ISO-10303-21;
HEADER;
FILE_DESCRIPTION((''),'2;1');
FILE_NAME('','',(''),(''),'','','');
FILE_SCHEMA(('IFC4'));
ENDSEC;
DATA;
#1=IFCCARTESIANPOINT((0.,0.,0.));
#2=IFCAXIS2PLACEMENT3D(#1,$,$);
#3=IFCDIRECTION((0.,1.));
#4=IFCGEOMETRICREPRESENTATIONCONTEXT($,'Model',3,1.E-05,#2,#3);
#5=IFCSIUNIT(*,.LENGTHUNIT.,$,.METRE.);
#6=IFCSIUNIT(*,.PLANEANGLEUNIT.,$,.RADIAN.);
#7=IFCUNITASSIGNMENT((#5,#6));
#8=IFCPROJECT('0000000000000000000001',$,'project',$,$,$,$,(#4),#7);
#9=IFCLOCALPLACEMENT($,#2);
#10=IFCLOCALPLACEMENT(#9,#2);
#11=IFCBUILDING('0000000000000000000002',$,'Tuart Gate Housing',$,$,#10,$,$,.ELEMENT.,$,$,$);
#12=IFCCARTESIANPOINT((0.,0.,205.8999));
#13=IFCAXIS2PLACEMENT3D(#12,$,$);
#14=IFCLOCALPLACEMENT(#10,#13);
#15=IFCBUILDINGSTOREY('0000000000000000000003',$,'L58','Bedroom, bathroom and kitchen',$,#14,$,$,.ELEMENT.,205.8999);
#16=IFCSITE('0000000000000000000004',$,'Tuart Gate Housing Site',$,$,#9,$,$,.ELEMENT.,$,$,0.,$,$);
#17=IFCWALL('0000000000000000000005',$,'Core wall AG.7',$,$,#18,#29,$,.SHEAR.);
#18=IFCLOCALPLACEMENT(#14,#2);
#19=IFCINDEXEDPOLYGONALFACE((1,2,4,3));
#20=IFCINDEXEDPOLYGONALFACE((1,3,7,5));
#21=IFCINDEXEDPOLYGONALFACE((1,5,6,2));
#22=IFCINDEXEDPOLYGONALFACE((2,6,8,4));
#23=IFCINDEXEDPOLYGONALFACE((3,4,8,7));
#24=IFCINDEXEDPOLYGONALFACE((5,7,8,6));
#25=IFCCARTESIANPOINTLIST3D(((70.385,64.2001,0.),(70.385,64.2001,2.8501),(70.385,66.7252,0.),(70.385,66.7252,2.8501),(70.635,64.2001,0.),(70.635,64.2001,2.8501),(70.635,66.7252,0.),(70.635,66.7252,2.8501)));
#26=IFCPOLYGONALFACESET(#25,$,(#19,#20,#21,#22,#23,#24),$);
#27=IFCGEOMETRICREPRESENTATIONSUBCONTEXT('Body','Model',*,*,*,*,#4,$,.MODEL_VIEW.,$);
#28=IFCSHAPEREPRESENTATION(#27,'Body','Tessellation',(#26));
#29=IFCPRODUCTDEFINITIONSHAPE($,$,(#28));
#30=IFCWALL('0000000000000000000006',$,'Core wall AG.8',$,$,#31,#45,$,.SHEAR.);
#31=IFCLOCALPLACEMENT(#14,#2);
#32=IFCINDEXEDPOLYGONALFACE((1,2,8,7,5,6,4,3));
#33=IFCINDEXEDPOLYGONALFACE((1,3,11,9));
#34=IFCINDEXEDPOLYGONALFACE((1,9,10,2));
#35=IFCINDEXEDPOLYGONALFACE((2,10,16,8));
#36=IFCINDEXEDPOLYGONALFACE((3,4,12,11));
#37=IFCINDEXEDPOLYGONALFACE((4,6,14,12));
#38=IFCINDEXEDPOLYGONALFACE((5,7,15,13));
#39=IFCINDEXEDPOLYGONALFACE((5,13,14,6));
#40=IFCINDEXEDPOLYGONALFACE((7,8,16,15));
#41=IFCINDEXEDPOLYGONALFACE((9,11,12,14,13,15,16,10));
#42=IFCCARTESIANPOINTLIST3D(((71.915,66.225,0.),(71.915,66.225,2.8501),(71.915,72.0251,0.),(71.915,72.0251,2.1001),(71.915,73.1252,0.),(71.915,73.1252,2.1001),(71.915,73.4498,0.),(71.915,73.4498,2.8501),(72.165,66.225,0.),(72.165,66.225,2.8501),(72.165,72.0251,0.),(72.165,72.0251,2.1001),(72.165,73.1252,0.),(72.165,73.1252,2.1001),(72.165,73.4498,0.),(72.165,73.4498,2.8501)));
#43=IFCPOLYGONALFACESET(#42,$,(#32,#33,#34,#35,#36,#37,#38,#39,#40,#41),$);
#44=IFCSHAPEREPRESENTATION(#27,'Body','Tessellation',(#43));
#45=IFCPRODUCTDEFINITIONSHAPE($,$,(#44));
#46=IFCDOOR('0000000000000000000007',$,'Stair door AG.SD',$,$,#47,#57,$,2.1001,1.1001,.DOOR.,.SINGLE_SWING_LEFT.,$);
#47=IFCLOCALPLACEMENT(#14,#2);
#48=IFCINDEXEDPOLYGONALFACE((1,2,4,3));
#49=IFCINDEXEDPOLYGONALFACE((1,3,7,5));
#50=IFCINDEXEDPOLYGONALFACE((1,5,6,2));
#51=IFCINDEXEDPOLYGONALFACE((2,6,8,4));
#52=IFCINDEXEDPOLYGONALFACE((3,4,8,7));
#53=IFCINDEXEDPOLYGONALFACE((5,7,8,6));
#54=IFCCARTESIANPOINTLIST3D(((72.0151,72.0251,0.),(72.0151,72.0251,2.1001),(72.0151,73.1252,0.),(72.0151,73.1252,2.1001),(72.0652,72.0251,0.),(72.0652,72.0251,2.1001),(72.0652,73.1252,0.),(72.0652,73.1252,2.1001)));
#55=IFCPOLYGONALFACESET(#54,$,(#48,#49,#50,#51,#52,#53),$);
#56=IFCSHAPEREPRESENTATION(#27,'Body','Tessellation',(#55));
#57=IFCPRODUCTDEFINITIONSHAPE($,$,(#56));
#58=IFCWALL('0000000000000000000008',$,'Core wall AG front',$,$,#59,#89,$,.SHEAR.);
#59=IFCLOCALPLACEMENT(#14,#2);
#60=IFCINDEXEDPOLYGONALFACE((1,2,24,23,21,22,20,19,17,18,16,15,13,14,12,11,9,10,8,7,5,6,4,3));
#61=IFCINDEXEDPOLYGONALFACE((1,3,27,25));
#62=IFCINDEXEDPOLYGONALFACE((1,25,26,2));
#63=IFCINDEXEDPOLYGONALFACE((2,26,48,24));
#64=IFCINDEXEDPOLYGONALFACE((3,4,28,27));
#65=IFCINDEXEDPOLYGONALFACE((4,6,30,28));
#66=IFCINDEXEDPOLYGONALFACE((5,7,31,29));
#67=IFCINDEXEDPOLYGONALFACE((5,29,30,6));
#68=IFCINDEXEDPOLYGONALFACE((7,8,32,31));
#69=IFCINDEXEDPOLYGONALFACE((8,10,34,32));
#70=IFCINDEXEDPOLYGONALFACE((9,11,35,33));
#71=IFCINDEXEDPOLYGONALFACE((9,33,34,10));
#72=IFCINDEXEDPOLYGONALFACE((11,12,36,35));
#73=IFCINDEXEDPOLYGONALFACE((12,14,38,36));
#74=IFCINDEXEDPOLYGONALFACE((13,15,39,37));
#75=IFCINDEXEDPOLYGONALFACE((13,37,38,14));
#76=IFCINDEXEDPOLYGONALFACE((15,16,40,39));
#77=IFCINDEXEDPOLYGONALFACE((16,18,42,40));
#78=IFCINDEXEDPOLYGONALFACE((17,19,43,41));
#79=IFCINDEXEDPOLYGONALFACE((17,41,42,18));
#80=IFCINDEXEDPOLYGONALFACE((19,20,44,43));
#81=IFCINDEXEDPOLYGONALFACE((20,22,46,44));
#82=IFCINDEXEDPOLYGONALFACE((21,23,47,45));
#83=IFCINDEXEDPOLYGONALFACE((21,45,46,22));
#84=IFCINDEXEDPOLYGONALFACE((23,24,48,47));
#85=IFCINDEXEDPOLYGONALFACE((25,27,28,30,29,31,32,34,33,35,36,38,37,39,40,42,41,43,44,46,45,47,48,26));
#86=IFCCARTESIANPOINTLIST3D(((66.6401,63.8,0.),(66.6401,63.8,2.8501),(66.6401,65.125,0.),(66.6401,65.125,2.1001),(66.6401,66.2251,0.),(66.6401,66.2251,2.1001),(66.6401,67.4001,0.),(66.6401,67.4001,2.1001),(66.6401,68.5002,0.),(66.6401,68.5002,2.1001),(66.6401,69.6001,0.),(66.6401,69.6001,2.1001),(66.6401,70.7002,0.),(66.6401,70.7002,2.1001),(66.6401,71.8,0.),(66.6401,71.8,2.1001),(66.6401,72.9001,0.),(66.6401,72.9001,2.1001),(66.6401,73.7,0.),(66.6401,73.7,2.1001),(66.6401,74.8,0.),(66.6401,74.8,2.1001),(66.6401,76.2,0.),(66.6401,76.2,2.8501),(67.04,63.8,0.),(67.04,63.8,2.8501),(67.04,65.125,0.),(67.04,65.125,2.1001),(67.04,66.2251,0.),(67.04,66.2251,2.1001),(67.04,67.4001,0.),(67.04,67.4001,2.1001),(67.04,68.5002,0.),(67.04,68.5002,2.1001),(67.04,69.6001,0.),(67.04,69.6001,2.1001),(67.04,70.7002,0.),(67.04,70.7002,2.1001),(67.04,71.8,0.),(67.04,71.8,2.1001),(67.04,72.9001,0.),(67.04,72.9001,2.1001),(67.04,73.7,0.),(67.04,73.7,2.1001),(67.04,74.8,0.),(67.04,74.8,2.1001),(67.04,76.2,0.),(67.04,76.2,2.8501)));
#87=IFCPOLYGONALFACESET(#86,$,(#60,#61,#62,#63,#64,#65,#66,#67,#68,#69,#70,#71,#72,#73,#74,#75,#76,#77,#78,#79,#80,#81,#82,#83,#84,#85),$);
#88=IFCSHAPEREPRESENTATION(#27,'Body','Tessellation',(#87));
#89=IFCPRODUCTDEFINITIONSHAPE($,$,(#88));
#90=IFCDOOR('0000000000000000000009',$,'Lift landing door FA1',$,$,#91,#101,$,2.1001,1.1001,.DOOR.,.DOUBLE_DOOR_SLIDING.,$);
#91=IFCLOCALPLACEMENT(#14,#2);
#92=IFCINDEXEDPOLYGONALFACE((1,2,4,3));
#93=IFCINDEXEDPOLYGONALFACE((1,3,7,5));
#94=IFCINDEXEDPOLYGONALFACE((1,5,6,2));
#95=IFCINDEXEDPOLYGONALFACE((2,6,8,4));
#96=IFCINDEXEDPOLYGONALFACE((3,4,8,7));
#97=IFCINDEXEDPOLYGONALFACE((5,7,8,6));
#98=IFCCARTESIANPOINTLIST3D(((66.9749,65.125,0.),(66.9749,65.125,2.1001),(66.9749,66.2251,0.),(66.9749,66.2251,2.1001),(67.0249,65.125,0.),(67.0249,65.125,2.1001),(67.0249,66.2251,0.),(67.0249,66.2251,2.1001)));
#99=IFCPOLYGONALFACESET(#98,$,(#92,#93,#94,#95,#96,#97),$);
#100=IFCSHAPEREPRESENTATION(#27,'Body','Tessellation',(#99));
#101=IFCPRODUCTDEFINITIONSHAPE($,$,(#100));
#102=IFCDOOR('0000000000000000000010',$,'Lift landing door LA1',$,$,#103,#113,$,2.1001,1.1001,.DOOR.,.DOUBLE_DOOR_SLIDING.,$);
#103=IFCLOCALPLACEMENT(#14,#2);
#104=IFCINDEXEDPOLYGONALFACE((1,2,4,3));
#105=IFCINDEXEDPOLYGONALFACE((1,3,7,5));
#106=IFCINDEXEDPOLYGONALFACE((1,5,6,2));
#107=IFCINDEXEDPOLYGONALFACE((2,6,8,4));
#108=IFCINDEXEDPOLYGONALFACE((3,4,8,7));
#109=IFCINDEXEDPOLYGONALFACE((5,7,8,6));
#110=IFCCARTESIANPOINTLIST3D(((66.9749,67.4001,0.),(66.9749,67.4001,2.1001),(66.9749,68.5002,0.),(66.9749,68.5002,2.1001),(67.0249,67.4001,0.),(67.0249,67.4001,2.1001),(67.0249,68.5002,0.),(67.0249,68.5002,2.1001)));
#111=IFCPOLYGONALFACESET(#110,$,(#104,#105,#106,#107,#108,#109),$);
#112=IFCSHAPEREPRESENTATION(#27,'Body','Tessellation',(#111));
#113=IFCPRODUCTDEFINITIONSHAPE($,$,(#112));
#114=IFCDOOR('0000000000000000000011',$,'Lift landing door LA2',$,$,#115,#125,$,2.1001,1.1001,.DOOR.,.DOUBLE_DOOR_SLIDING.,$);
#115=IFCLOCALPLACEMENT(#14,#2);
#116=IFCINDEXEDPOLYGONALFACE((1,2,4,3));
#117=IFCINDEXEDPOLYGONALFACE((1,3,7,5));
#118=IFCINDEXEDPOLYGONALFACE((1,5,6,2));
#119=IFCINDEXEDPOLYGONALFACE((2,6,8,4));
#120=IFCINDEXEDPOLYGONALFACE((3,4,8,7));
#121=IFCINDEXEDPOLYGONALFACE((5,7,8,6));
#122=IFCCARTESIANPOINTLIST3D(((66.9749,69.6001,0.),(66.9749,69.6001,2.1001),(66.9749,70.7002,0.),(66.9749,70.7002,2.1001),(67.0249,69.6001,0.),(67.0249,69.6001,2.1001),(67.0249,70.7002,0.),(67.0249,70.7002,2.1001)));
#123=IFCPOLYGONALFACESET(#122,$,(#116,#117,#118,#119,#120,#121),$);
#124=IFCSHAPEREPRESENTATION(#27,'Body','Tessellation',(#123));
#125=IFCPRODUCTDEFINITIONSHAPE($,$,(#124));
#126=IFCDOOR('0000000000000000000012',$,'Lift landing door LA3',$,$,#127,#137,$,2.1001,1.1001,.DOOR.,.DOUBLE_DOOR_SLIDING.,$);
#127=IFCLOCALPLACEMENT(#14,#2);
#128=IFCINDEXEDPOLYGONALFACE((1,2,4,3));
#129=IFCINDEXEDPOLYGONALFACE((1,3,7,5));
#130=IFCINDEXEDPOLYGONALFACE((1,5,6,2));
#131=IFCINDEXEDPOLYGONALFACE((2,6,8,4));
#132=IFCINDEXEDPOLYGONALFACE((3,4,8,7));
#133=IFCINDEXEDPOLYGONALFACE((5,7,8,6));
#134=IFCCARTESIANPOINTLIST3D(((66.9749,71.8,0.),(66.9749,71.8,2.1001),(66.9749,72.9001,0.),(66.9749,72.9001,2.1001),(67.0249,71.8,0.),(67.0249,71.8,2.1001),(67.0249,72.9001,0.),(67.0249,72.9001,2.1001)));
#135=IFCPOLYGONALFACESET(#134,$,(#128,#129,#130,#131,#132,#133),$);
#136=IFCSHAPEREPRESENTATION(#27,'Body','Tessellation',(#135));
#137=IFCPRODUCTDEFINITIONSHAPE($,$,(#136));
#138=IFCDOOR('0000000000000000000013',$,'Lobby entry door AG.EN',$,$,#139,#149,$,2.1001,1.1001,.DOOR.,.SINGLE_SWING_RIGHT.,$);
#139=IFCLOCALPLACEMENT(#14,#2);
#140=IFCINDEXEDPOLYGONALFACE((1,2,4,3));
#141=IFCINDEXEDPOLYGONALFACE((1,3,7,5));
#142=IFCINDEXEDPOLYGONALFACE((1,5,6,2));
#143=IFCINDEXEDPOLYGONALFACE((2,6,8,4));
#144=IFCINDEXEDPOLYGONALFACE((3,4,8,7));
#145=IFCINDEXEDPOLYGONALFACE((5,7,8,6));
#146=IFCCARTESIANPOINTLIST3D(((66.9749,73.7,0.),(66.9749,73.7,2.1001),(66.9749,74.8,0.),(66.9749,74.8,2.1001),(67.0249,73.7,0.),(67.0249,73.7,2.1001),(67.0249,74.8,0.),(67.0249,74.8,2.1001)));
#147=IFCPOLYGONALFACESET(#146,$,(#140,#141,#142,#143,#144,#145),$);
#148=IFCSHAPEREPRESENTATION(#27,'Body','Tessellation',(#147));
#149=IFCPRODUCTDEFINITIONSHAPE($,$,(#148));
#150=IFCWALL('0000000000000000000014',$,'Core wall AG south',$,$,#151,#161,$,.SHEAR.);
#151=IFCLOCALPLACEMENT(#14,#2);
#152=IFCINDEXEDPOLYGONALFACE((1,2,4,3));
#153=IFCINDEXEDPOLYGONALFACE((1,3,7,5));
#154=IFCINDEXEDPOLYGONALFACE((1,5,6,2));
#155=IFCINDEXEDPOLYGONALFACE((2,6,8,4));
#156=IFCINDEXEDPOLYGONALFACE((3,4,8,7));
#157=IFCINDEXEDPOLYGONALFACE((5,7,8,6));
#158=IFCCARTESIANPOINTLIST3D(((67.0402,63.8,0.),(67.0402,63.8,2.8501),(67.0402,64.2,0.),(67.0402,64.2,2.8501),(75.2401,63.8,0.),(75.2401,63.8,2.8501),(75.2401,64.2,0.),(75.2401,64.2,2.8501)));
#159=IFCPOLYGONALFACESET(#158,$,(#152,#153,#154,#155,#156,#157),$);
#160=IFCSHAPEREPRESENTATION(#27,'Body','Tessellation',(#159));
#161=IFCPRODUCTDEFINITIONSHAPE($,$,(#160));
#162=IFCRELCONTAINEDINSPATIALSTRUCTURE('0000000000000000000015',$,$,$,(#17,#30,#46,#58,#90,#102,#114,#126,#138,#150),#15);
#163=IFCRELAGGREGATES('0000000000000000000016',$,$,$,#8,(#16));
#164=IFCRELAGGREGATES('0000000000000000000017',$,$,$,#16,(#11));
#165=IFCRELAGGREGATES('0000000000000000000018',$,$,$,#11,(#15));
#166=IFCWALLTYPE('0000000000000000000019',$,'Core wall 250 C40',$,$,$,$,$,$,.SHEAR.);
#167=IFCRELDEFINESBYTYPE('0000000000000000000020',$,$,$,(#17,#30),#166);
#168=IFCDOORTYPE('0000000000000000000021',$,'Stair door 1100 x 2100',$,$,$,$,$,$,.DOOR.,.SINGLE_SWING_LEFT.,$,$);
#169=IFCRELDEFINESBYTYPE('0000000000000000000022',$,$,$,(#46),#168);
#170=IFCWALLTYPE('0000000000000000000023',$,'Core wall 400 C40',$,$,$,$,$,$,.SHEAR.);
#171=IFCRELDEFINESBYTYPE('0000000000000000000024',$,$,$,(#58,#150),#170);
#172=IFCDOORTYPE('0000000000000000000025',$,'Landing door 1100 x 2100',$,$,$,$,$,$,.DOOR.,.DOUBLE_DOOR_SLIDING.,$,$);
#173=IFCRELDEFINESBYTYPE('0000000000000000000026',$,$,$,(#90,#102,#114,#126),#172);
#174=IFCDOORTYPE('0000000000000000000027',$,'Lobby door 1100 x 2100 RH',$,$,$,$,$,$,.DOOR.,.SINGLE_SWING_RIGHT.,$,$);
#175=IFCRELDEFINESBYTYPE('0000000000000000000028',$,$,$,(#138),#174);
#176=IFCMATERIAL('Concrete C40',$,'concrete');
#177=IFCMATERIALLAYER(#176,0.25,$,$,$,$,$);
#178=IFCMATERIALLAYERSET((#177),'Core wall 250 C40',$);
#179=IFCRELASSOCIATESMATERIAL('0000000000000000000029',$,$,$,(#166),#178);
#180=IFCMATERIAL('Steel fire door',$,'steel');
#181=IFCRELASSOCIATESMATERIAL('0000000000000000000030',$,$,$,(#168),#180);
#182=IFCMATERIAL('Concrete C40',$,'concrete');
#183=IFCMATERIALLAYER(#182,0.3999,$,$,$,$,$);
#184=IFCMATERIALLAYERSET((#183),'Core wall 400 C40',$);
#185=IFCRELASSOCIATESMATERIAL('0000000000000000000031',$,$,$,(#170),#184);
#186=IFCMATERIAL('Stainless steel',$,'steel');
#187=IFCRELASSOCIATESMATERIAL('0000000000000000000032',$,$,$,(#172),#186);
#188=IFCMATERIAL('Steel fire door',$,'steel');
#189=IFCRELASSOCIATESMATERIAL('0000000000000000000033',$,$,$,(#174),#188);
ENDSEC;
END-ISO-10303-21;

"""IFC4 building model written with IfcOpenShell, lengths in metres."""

from ifc_helpers import new_model, si_unit, direction, frame, frame_2d, origin, place, context, subcontext, project, spatial, rectangle, extrude, material, layer, layer_set, type_object, element, fill, save


model = new_model("IFC4")

# Units and contexts
model_context = context("Model", 3, precision=1e-05, world=origin(), true_north=direction((0.0, 1.0)))
body_context = subcontext(model_context, "Body", "Model", "MODEL_VIEW")
ifc_project = project(units=[si_unit("LENGTHUNIT", "METRE"), si_unit("PLANEANGLEUNIT", "RADIAN")], contexts=[model_context])

# Site, building, storey
site_placement = place(None, origin())
site = spatial("IfcSite", under=ifc_project, at=site_placement, Name="Tuart Gate Housing Site", CompositionType="ELEMENT", RefElevation=0.0)
building_placement = place(site_placement, origin())
building = spatial("IfcBuilding", under=site, at=building_placement, Name="Tuart Gate Housing", CompositionType="ELEMENT")
storey_placement = place(building_placement, frame((0.0, 0.0, 205.8999)))
storey = spatial("IfcBuildingStorey", under=building, at=storey_placement, Name="L58", Description="Bedroom, bathroom and kitchen", CompositionType="ELEMENT", Elevation=205.8999)

# Wall
ifc_material_1 = material(Name="Concrete C40", Category="concrete")
ifc_layer_1 = layer(ifc_material_1, 0.25)
ifc_layer_set_1 = layer_set([ifc_layer_1], Name="Core wall 250 C40")
wall_type_1 = type_object("IfcWallType", Name="Core wall 250 C40", PredefinedType="SHEAR", material=ifc_layer_set_1)
wall_1_placement = place(storey_placement, frame((70.51, 64.2, 0.0), z_axis=(0.0, 0.0, 1.0), x_axis=(0.0, 1.0, 0.0)))
element("IfcWall", 1, at=wall_1_placement, inside=storey, type_object=wall_type_1, Name="Core wall AG.7", PredefinedType="SHEAR", context=body_context, shape_type="SweptSolid", body=[
    extrude(rectangle(XDim=2.5251, YDim=0.25, at=frame_2d((1.2627, 0.0))), origin(), (0.0, 0.0, 1.0), 2.8501),
])

# Wall, opening, door
wall_2_placement = place(storey_placement, frame((72.04, 66.2251, 0.0), z_axis=(0.0, 0.0, 1.0), x_axis=(0.0, 1.0, 0.0)))
wall_2 = element("IfcWall", 2, at=wall_2_placement, inside=storey, type_object=wall_type_1, Name="Core wall AG.8", PredefinedType="SHEAR", context=body_context, shape_type="SweptSolid", body=[
    extrude(rectangle(XDim=7.2249, YDim=0.25, at=frame_2d((3.6123, 0.0))), origin(), (0.0, 0.0, 1.0), 2.8501),
])
opening_1_placement = place(wall_2_placement, frame((5.8, 0.0, 0.0)))
opening_1 = element("IfcOpeningElement", 3, at=opening_1_placement, cuts=wall_2, PredefinedType="OPENING", context=body_context, shape_type="SweptSolid", body=[
    extrude(rectangle(XDim=1.1001, YDim=2.1001, at=frame_2d((0.55, 1.05))), frame((0.0, 0.135, 0.0), z_axis=(0.0, -1.0, 0.0), x_axis=(1.0, 0.0, 0.0)), (0.0, 0.0, 1.0), 0.27),
])
ifc_material_2 = material(Name="Steel fire door", Category="steel")
door_type_1 = type_object("IfcDoorType", Name="Stair door 1100 x 2100", OperationType="SINGLE_SWING_LEFT", PredefinedType="DOOR", material=ifc_material_2)
door_1_placement = place(opening_1_placement, frame((1.1001, 0.0, 0.0), z_axis=(0.0, 0.0, 1.0), x_axis=(-1.0, 0.0, 0.0)))
door_1 = element("IfcDoor", 4, at=door_1_placement, inside=storey, type_object=door_type_1, Name="Stair door AG.SD", OperationType="SINGLE_SWING_LEFT", OverallHeight=2.1001, OverallWidth=1.1001, PredefinedType="DOOR", context=body_context, shape_type="SweptSolid", body=[
    extrude(rectangle(XDim=1.1001, YDim=2.1001, at=frame_2d((0.55, 1.05))), frame((0.0, 0.0251, 0.0), z_axis=(0.0, -1.0, 0.0), x_axis=(1.0, 0.0, 0.0)), (0.0, 0.0, 1.0), 0.05),
])
fill(opening_1, door_1)

# Wall, openings, doors
ifc_material_3 = material(Name="Concrete C40", Category="concrete")
ifc_layer_2 = layer(ifc_material_3, 0.3999)
ifc_layer_set_2 = layer_set([ifc_layer_2], Name="Core wall 400 C40")
wall_type_2 = type_object("IfcWallType", Name="Core wall 400 C40", PredefinedType="SHEAR", material=ifc_layer_set_2)
wall_3_placement = place(storey_placement, frame((66.8401, 63.8, 0.0), z_axis=(0.0, 0.0, 1.0), x_axis=(0.0, 1.0, 0.0)))
wall_3 = element("IfcWall", 5, at=wall_3_placement, inside=storey, type_object=wall_type_2, Name="Core wall AG front", PredefinedType="SHEAR", context=body_context, shape_type="SweptSolid", body=[
    extrude(rectangle(XDim=12.3999, YDim=0.3999, at=frame_2d((6.2, 0.0))), origin(), (0.0, 0.0, 1.0), 2.8501),
])
opening_2_placement = place(wall_3_placement, frame((1.325, 0.0, 0.0)))
opening_2 = element("IfcOpeningElement", 6, at=opening_2_placement, cuts=wall_3, PredefinedType="OPENING", context=body_context, shape_type="SweptSolid", body=[
    extrude(rectangle(XDim=1.1001, YDim=2.1001, at=frame_2d((0.55, 1.05))), frame((0.0, 0.21, 0.0), z_axis=(0.0, -1.0, 0.0), x_axis=(1.0, 0.0, 0.0)), (0.0, 0.0, 1.0), 0.4199),
])
opening_3_placement = place(wall_3_placement, frame((3.6001, 0.0, 0.0)))
opening_3 = element("IfcOpeningElement", 7, at=opening_3_placement, cuts=wall_3, PredefinedType="OPENING", context=body_context, shape_type="SweptSolid", body=[
    extrude(rectangle(XDim=1.1001, YDim=2.1001, at=frame_2d((0.55, 1.05))), frame((0.0, 0.21, 0.0), z_axis=(0.0, -1.0, 0.0), x_axis=(1.0, 0.0, 0.0)), (0.0, 0.0, 1.0), 0.4199),
])
opening_4_placement = place(wall_3_placement, frame((5.8, 0.0, 0.0)))
opening_4 = element("IfcOpeningElement", 8, at=opening_4_placement, cuts=wall_3, PredefinedType="OPENING", context=body_context, shape_type="SweptSolid", body=[
    extrude(rectangle(XDim=1.1001, YDim=2.1001, at=frame_2d((0.55, 1.05))), frame((0.0, 0.21, 0.0), z_axis=(0.0, -1.0, 0.0), x_axis=(1.0, 0.0, 0.0)), (0.0, 0.0, 1.0), 0.4199),
])
opening_5_placement = place(wall_3_placement, frame((8.0, 0.0, 0.0)))
opening_5 = element("IfcOpeningElement", 9, at=opening_5_placement, cuts=wall_3, PredefinedType="OPENING", context=body_context, shape_type="SweptSolid", body=[
    extrude(rectangle(XDim=1.1001, YDim=2.1001, at=frame_2d((0.55, 1.05))), frame((0.0, 0.21, 0.0), z_axis=(0.0, -1.0, 0.0), x_axis=(1.0, 0.0, 0.0)), (0.0, 0.0, 1.0), 0.4199),
])
opening_6_placement = place(wall_3_placement, frame((9.8999, 0.0, 0.0)))
opening_6 = element("IfcOpeningElement", 10, at=opening_6_placement, cuts=wall_3, PredefinedType="OPENING", context=body_context, shape_type="SweptSolid", body=[
    extrude(rectangle(XDim=1.1001, YDim=2.1001, at=frame_2d((0.55, 1.05))), frame((0.0, 0.21, 0.0), z_axis=(0.0, -1.0, 0.0), x_axis=(1.0, 0.0, 0.0)), (0.0, 0.0, 1.0), 0.4199),
])
ifc_material_4 = material(Name="Stainless steel", Category="steel")
door_type_2 = type_object("IfcDoorType", Name="Landing door 1100 x 2100", OperationType="DOUBLE_DOOR_SLIDING", PredefinedType="DOOR", material=ifc_material_4)
door_2_placement = place(opening_2_placement, origin())
door_2 = element("IfcDoor", 11, at=door_2_placement, inside=storey, type_object=door_type_2, Name="Lift landing door FA1", OperationType="DOUBLE_DOOR_SLIDING", OverallHeight=2.1001, OverallWidth=1.1001, PredefinedType="DOOR", context=body_context, shape_type="SweptSolid", body=[
    extrude(rectangle(XDim=1.1001, YDim=2.1001, at=frame_2d((0.55, 1.05))), frame((0.0, -0.1348, 0.0), z_axis=(0.0, -1.0, 0.0), x_axis=(1.0, 0.0, 0.0)), (0.0, 0.0, 1.0), 0.05),
])
fill(opening_2, door_2)
door_3_placement = place(opening_3_placement, origin())
door_3 = element("IfcDoor", 12, at=door_3_placement, inside=storey, type_object=door_type_2, Name="Lift landing door LA1", OperationType="DOUBLE_DOOR_SLIDING", OverallHeight=2.1001, OverallWidth=1.1001, PredefinedType="DOOR", context=body_context, shape_type="SweptSolid", body=[
    extrude(rectangle(XDim=1.1001, YDim=2.1001, at=frame_2d((0.55, 1.05))), frame((0.0, -0.1348, 0.0), z_axis=(0.0, -1.0, 0.0), x_axis=(1.0, 0.0, 0.0)), (0.0, 0.0, 1.0), 0.05),
])
fill(opening_3, door_3)
door_4_placement = place(opening_4_placement, origin())
door_4 = element("IfcDoor", 13, at=door_4_placement, inside=storey, type_object=door_type_2, Name="Lift landing door LA2", OperationType="DOUBLE_DOOR_SLIDING", OverallHeight=2.1001, OverallWidth=1.1001, PredefinedType="DOOR", context=body_context, shape_type="SweptSolid", body=[
    extrude(rectangle(XDim=1.1001, YDim=2.1001, at=frame_2d((0.55, 1.05))), frame((0.0, -0.1348, 0.0), z_axis=(0.0, -1.0, 0.0), x_axis=(1.0, 0.0, 0.0)), (0.0, 0.0, 1.0), 0.05),
])
fill(opening_4, door_4)
door_5_placement = place(opening_5_placement, origin())
door_5 = element("IfcDoor", 14, at=door_5_placement, inside=storey, type_object=door_type_2, Name="Lift landing door LA3", OperationType="DOUBLE_DOOR_SLIDING", OverallHeight=2.1001, OverallWidth=1.1001, PredefinedType="DOOR", context=body_context, shape_type="SweptSolid", body=[
    extrude(rectangle(XDim=1.1001, YDim=2.1001, at=frame_2d((0.55, 1.05))), frame((0.0, -0.1348, 0.0), z_axis=(0.0, -1.0, 0.0), x_axis=(1.0, 0.0, 0.0)), (0.0, 0.0, 1.0), 0.05),
])
fill(opening_5, door_5)
ifc_material_5 = material(Name="Steel fire door", Category="steel")
door_type_3 = type_object("IfcDoorType", Name="Lobby door 1100 x 2100 RH", OperationType="SINGLE_SWING_RIGHT", PredefinedType="DOOR", material=ifc_material_5)
door_6_placement = place(opening_6_placement, frame((1.1001, 0.0, 0.0), z_axis=(0.0, 0.0, 1.0), x_axis=(-1.0, 0.0, 0.0)))
door_6 = element("IfcDoor", 15, at=door_6_placement, inside=storey, type_object=door_type_3, Name="Lobby entry door AG.EN", OperationType="SINGLE_SWING_RIGHT", OverallHeight=2.1001, OverallWidth=1.1001, PredefinedType="DOOR", context=body_context, shape_type="SweptSolid", body=[
    extrude(rectangle(XDim=1.1001, YDim=2.1001, at=frame_2d((0.55, 1.05))), frame((0.0, 0.1848, 0.0), z_axis=(0.0, -1.0, 0.0), x_axis=(1.0, 0.0, 0.0)), (0.0, 0.0, 1.0), 0.05),
])
fill(opening_6, door_6)

# Wall
wall_4_placement = place(storey_placement, frame((67.04, 64.0, 0.0), z_axis=(0.0, 0.0, 1.0), x_axis=(1.0, 0.0, 0.0)))
element("IfcWall", 16, at=wall_4_placement, inside=storey, type_object=wall_type_2, Name="Core wall AG south", PredefinedType="SHEAR", context=body_context, shape_type="SweptSolid", body=[
    extrude(rectangle(XDim=8.2, YDim=0.3999, at=frame_2d((4.1001, 0.0))), origin(), (0.0, 0.0, 1.0), 2.8501),
])

save(model, "model.ifc")
